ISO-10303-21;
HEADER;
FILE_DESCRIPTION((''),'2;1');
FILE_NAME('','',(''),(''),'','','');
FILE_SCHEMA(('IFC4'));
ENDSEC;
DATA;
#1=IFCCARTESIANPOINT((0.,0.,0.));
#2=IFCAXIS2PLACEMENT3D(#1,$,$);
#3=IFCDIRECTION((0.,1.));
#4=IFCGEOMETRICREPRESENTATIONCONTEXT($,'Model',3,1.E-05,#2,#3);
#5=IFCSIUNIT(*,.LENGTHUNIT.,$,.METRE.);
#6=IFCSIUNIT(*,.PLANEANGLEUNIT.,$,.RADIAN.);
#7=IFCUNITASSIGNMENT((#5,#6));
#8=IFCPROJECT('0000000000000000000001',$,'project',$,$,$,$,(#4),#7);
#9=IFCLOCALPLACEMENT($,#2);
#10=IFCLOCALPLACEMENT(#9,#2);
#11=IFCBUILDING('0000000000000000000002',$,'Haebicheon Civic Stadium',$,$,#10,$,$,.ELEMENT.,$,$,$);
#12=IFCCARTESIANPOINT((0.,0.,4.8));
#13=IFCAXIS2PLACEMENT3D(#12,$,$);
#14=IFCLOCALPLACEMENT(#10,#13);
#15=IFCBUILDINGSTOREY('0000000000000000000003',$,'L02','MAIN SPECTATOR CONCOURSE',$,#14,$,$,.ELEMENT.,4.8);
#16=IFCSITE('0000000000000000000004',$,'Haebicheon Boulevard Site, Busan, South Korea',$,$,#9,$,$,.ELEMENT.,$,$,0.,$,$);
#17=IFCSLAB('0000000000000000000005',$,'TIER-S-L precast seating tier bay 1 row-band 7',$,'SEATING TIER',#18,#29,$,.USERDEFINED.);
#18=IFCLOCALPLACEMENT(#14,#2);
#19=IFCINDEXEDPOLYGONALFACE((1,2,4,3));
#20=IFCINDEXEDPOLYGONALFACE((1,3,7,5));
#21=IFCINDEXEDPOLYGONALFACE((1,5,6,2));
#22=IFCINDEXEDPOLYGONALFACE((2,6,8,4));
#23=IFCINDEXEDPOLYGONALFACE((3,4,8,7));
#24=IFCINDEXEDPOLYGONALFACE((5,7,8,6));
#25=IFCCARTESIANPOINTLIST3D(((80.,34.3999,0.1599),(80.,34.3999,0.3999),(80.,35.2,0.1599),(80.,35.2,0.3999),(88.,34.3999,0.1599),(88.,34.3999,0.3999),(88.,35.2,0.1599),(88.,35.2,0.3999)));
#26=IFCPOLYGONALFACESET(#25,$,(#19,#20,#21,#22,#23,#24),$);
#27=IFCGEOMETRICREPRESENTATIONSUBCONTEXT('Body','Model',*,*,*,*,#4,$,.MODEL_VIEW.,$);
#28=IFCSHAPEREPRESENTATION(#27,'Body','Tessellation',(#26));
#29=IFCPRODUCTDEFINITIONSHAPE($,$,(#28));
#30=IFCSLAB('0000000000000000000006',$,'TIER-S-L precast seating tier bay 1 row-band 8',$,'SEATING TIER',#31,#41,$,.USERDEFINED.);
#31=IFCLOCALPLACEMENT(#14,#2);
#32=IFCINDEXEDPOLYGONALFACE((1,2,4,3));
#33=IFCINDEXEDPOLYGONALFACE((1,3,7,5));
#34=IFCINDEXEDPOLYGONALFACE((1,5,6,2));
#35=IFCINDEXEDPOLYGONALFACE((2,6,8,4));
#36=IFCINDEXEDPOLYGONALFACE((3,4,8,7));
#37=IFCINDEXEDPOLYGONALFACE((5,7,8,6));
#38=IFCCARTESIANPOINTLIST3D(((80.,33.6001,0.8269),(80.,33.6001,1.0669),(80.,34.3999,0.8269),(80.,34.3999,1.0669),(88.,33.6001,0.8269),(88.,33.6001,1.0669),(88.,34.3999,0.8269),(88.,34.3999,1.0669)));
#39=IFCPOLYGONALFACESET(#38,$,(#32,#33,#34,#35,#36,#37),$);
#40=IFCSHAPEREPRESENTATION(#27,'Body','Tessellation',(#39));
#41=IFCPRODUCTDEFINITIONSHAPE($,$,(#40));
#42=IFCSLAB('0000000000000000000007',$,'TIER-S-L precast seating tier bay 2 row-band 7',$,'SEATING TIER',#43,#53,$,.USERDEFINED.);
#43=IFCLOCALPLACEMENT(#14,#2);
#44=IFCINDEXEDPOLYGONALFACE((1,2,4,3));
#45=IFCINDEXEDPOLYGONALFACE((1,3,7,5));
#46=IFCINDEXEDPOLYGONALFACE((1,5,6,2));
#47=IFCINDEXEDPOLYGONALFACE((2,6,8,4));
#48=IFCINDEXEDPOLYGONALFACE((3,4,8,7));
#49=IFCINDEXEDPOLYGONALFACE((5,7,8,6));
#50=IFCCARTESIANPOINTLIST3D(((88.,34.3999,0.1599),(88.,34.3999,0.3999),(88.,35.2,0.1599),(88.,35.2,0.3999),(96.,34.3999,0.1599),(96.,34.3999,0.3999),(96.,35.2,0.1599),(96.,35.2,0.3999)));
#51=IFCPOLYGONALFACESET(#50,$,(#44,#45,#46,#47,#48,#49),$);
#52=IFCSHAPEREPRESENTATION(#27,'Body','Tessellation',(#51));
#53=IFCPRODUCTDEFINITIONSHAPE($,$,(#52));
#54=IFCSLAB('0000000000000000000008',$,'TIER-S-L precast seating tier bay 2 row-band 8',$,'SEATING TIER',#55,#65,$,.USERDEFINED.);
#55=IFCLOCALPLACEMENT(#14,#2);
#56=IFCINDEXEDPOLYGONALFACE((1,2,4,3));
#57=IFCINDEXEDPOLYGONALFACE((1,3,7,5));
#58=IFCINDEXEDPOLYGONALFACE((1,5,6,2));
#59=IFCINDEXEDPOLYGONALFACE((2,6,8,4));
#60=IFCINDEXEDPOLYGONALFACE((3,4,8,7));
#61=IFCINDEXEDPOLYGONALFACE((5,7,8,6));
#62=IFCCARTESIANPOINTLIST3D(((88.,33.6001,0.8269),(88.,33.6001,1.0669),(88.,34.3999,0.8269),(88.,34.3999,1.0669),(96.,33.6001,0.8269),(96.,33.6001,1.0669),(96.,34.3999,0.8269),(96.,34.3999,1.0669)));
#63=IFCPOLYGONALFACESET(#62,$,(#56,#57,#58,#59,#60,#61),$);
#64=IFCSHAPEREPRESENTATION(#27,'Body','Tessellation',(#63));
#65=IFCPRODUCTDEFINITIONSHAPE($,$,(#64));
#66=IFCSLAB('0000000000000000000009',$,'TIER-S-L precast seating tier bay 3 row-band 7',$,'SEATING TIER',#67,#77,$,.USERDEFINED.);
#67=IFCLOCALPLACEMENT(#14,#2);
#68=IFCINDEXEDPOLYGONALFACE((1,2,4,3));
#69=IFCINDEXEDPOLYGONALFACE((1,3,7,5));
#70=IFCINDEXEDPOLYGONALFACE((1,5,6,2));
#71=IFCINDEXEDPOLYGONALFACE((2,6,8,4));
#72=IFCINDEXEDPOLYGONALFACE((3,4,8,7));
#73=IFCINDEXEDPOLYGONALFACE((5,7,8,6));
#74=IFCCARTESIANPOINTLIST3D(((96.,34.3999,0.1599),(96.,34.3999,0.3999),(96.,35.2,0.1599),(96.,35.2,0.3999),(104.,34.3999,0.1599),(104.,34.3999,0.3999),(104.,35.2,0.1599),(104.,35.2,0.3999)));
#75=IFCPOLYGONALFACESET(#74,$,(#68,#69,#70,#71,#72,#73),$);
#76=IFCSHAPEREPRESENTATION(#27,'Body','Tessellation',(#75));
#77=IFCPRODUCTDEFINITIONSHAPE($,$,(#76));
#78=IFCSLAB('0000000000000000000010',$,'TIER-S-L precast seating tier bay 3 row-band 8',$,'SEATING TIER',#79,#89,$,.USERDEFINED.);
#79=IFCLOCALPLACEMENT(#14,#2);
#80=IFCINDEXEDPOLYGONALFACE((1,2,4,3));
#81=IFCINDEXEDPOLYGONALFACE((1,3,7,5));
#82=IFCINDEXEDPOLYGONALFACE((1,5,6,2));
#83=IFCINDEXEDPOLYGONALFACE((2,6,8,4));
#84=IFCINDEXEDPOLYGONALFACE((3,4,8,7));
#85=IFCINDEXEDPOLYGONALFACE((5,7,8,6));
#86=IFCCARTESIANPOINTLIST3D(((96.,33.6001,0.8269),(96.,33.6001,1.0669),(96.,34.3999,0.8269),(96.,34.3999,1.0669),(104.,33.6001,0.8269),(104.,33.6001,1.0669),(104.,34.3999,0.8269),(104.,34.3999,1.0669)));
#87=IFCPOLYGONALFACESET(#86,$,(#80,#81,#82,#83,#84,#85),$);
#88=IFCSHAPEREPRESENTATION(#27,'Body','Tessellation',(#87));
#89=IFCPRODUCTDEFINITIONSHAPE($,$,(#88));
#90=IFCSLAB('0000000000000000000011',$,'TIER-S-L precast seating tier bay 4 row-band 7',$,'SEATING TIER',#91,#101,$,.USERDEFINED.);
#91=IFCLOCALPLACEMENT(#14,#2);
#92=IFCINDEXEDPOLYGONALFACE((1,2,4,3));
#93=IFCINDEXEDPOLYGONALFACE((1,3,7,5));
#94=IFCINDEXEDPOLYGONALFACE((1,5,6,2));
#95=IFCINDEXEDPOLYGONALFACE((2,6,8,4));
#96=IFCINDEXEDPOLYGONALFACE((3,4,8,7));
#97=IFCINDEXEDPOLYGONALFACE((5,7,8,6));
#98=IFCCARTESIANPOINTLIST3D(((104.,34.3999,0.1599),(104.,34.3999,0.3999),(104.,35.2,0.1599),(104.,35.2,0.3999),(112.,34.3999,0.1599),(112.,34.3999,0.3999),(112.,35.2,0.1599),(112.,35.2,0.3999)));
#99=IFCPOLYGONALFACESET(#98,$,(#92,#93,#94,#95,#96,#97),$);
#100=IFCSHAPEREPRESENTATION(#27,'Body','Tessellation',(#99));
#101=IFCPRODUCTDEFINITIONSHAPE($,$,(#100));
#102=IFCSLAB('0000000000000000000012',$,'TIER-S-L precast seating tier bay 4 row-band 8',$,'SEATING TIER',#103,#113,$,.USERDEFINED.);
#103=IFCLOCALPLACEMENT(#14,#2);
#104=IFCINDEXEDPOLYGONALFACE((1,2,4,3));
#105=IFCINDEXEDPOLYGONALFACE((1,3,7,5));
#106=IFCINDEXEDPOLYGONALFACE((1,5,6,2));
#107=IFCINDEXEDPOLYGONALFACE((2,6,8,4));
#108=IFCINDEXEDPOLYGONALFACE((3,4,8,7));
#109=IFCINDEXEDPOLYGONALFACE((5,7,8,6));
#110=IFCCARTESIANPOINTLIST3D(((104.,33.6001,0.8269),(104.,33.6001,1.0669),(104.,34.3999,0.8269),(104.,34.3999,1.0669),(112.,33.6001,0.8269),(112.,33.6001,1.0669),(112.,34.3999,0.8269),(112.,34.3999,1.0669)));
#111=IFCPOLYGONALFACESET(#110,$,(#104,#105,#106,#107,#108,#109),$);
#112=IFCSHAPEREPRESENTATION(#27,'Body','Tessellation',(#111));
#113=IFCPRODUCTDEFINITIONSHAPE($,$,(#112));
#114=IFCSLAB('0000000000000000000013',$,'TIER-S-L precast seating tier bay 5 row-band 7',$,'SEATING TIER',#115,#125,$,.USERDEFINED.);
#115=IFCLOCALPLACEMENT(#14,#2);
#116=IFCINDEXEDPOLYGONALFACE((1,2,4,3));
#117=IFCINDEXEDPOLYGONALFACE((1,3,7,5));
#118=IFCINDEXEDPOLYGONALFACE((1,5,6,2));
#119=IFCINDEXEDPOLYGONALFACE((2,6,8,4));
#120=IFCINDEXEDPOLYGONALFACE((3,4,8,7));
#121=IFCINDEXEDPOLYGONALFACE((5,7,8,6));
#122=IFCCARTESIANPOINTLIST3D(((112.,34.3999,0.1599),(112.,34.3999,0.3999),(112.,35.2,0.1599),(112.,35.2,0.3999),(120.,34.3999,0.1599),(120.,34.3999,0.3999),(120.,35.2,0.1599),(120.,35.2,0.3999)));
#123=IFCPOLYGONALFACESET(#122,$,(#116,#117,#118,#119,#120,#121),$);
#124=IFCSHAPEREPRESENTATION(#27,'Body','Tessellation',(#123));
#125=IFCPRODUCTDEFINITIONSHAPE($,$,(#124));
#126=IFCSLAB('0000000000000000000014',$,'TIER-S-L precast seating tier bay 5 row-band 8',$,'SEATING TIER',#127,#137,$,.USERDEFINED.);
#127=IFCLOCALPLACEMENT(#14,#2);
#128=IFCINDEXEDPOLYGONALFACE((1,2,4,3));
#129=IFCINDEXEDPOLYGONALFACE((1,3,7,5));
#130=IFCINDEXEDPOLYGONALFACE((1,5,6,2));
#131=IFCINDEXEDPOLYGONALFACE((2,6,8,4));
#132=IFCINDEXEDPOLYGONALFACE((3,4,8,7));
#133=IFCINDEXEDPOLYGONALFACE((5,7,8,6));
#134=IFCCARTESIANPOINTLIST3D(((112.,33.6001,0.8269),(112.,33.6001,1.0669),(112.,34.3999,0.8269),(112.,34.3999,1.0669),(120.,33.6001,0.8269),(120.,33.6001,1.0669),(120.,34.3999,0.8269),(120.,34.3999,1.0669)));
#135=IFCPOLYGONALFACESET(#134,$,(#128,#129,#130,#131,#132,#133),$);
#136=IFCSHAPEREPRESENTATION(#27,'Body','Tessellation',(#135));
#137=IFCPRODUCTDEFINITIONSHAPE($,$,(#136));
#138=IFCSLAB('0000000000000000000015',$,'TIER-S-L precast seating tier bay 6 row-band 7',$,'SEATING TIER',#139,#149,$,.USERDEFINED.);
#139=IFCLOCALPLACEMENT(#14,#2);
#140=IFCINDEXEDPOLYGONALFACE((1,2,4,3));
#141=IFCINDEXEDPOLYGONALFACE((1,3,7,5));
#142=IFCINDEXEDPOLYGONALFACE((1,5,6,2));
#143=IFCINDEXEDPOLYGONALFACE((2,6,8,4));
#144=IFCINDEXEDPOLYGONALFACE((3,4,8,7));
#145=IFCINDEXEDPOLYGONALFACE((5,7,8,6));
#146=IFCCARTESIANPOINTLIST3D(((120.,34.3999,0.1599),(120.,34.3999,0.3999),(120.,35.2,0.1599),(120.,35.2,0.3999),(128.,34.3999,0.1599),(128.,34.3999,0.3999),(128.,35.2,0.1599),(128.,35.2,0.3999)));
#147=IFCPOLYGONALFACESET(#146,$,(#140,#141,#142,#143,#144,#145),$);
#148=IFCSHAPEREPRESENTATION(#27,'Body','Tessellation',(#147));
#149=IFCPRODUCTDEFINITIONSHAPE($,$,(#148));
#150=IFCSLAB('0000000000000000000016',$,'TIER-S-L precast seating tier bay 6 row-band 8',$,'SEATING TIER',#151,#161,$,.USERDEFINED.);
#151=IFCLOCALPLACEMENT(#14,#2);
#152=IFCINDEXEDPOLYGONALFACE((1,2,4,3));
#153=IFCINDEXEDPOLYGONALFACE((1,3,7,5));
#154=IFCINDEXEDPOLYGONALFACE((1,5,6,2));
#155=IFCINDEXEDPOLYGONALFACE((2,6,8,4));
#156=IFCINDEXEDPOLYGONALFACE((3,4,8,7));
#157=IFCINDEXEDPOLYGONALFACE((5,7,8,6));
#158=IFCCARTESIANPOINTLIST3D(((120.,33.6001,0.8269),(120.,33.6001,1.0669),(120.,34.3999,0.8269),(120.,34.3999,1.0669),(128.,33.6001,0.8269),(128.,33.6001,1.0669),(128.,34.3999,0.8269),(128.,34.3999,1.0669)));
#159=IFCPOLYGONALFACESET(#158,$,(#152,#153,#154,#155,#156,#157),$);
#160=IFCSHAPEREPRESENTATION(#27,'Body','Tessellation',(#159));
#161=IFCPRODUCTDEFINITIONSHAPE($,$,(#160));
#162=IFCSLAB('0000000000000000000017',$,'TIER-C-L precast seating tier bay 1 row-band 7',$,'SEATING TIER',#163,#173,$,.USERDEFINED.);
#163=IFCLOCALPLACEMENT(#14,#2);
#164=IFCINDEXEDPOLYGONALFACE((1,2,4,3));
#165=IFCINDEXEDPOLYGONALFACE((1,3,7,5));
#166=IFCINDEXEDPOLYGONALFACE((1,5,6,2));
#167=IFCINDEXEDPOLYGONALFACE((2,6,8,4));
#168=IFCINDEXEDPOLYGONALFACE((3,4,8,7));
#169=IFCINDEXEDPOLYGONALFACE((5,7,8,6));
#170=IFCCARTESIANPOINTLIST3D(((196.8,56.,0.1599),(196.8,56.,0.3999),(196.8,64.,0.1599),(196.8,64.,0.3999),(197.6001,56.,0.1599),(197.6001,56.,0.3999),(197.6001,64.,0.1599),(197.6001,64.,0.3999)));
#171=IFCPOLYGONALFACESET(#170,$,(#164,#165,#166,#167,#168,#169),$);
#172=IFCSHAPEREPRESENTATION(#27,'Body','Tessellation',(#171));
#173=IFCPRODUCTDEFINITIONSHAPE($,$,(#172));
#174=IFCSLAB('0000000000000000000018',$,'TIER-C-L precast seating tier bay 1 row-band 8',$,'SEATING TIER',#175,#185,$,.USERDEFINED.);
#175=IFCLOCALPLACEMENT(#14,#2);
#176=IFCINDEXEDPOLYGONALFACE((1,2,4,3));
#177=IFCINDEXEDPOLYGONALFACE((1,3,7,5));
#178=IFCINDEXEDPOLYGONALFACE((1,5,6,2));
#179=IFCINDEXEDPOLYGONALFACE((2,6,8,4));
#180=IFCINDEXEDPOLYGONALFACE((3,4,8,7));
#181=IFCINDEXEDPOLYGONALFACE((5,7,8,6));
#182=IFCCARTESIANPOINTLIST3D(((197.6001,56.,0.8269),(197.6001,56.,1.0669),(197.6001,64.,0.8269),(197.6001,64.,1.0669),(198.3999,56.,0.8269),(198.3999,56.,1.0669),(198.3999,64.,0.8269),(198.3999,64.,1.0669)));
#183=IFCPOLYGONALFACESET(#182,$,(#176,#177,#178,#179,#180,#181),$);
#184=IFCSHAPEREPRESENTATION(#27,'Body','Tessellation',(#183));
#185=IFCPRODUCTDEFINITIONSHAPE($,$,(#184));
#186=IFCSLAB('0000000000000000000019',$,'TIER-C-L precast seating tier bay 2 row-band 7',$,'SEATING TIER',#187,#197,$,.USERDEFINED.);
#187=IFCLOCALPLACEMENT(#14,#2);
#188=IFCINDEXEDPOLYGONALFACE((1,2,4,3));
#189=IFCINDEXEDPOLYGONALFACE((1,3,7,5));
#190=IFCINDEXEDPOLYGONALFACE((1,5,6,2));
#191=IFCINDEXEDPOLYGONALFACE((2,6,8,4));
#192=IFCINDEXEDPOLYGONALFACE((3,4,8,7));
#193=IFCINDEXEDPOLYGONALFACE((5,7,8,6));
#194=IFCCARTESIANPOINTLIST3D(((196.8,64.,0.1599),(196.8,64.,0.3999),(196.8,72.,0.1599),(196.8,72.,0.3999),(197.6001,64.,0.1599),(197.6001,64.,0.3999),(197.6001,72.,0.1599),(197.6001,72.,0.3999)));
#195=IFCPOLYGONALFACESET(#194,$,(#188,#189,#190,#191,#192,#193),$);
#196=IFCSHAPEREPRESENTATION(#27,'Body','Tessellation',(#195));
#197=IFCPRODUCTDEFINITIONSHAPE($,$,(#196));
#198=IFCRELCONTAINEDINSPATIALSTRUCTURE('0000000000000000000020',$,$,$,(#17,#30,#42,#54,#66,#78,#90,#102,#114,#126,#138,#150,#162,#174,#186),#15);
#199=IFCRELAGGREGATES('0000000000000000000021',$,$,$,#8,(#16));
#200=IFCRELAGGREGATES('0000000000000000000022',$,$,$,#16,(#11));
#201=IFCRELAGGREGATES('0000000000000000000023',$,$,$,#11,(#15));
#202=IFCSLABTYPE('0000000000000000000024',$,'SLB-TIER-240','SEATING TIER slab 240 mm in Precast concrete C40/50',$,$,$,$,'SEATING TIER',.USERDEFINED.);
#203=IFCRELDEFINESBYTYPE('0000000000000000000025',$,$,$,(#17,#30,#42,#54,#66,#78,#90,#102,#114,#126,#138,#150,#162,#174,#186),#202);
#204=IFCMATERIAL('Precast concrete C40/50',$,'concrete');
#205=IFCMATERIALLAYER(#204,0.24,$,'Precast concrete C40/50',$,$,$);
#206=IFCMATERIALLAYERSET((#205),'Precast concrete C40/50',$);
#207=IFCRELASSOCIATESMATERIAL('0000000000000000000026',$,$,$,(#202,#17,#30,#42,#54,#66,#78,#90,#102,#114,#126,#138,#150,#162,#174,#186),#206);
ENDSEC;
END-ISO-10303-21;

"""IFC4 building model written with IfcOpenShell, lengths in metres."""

from ifc_helpers import new_model, si_unit, direction, frame, origin, place, context, subcontext, project, spatial, polyline, outline, extrude, material, layer, layer_set, type_object, element, save


model = new_model("IFC4")

# Units and contexts
model_context = context("Model", 3, precision=1e-05, world=origin(), true_north=direction((0.0, 1.0)))
body_context = subcontext(model_context, "Body", "Model", "MODEL_VIEW")
ifc_project = project(units=[si_unit("LENGTHUNIT", "METRE"), si_unit("PLANEANGLEUNIT", "RADIAN")], contexts=[model_context])

# Site, building, storey
site_placement = place(None, origin())
site = spatial("IfcSite", under=ifc_project, at=site_placement, Name="Haebicheon Boulevard Site, Busan, South Korea", CompositionType="ELEMENT", RefElevation=0.0)
building_placement = place(site_placement, origin())
building = spatial("IfcBuilding", under=site, at=building_placement, Name="Haebicheon Civic Stadium", CompositionType="ELEMENT")
storey_placement = place(building_placement, frame((0.0, 0.0, 4.8)))
storey = spatial("IfcBuildingStorey", under=building, at=storey_placement, Name="L02", Description="MAIN SPECTATOR CONCOURSE", CompositionType="ELEMENT", Elevation=4.8)

# Slabs
ifc_material = material(Name="Precast concrete C40/50", Category="concrete")
ifc_layer = layer(ifc_material, 0.24, Name="Precast concrete C40/50")
ifc_layer_set = layer_set([ifc_layer], Name="Precast concrete C40/50")
slab_type = type_object("IfcSlabType", Name="SLB-TIER-240", Description="SEATING TIER slab 240 mm in Precast concrete C40/50", ElementType="SEATING TIER", PredefinedType="USERDEFINED", material=ifc_layer_set)
slab_1_placement = place(storey_placement, frame((0.0, 0.0, 0.1599)))
element("IfcSlab", 1, at=slab_1_placement, inside=storey, type_object=slab_type, material=ifc_layer_set, Name="TIER-S-L precast seating tier bay 1 row-band 7", ObjectType="SEATING TIER", PredefinedType="USERDEFINED", context=body_context, shape_type="SweptSolid", body=[
    extrude(outline(polyline([(80.0, 34.3999), (88.0, 34.3999), (88.0, 35.2), (80.0, 35.2), (80.0, 34.3999)])), origin(), (0.0, 0.0, 1.0), 0.24),
])
slab_2_placement = place(storey_placement, frame((0.0, 0.0, 0.8269)))
element("IfcSlab", 2, at=slab_2_placement, inside=storey, type_object=slab_type, material=ifc_layer_set, Name="TIER-S-L precast seating tier bay 1 row-band 8", ObjectType="SEATING TIER", PredefinedType="USERDEFINED", context=body_context, shape_type="SweptSolid", body=[
    extrude(outline(polyline([(80.0, 33.6001), (88.0, 33.6001), (88.0, 34.3999), (80.0, 34.3999), (80.0, 33.6001)])), origin(), (0.0, 0.0, 1.0), 0.24),
])
slab_3_placement = place(storey_placement, frame((0.0, 0.0, 0.1599)))
element("IfcSlab", 3, at=slab_3_placement, inside=storey, type_object=slab_type, material=ifc_layer_set, Name="TIER-S-L precast seating tier bay 2 row-band 7", ObjectType="SEATING TIER", PredefinedType="USERDEFINED", context=body_context, shape_type="SweptSolid", body=[
    extrude(outline(polyline([(88.0, 34.3999), (96.0, 34.3999), (96.0, 35.2), (88.0, 35.2), (88.0, 34.3999)])), origin(), (0.0, 0.0, 1.0), 0.24),
])
slab_4_placement = place(storey_placement, frame((0.0, 0.0, 0.8269)))
element("IfcSlab", 4, at=slab_4_placement, inside=storey, type_object=slab_type, material=ifc_layer_set, Name="TIER-S-L precast seating tier bay 2 row-band 8", ObjectType="SEATING TIER", PredefinedType="USERDEFINED", context=body_context, shape_type="SweptSolid", body=[
    extrude(outline(polyline([(88.0, 33.6001), (96.0, 33.6001), (96.0, 34.3999), (88.0, 34.3999), (88.0, 33.6001)])), origin(), (0.0, 0.0, 1.0), 0.24),
])
slab_5_placement = place(storey_placement, frame((0.0, 0.0, 0.1599)))
element("IfcSlab", 5, at=slab_5_placement, inside=storey, type_object=slab_type, material=ifc_layer_set, Name="TIER-S-L precast seating tier bay 3 row-band 7", ObjectType="SEATING TIER", PredefinedType="USERDEFINED", context=body_context, shape_type="SweptSolid", body=[
    extrude(outline(polyline([(96.0, 34.3999), (104.0, 34.3999), (104.0, 35.2), (96.0, 35.2), (96.0, 34.3999)])), origin(), (0.0, 0.0, 1.0), 0.24),
])
slab_6_placement = place(storey_placement, frame((0.0, 0.0, 0.8269)))
element("IfcSlab", 6, at=slab_6_placement, inside=storey, type_object=slab_type, material=ifc_layer_set, Name="TIER-S-L precast seating tier bay 3 row-band 8", ObjectType="SEATING TIER", PredefinedType="USERDEFINED", context=body_context, shape_type="SweptSolid", body=[
    extrude(outline(polyline([(96.0, 33.6001), (104.0, 33.6001), (104.0, 34.3999), (96.0, 34.3999), (96.0, 33.6001)])), origin(), (0.0, 0.0, 1.0), 0.24),
])
slab_7_placement = place(storey_placement, frame((0.0, 0.0, 0.1599)))
element("IfcSlab", 7, at=slab_7_placement, inside=storey, type_object=slab_type, material=ifc_layer_set, Name="TIER-S-L precast seating tier bay 4 row-band 7", ObjectType="SEATING TIER", PredefinedType="USERDEFINED", context=body_context, shape_type="SweptSolid", body=[
    extrude(outline(polyline([(104.0, 34.3999), (112.0, 34.3999), (112.0, 35.2), (104.0, 35.2), (104.0, 34.3999)])), origin(), (0.0, 0.0, 1.0), 0.24),
])
slab_8_placement = place(storey_placement, frame((0.0, 0.0, 0.8269)))
element("IfcSlab", 8, at=slab_8_placement, inside=storey, type_object=slab_type, material=ifc_layer_set, Name="TIER-S-L precast seating tier bay 4 row-band 8", ObjectType="SEATING TIER", PredefinedType="USERDEFINED", context=body_context, shape_type="SweptSolid", body=[
    extrude(outline(polyline([(104.0, 33.6001), (112.0, 33.6001), (112.0, 34.3999), (104.0, 34.3999), (104.0, 33.6001)])), origin(), (0.0, 0.0, 1.0), 0.24),
])
slab_9_placement = place(storey_placement, frame((0.0, 0.0, 0.1599)))
element("IfcSlab", 9, at=slab_9_placement, inside=storey, type_object=slab_type, material=ifc_layer_set, Name="TIER-S-L precast seating tier bay 5 row-band 7", ObjectType="SEATING TIER", PredefinedType="USERDEFINED", context=body_context, shape_type="SweptSolid", body=[
    extrude(outline(polyline([(112.0, 34.3999), (120.0, 34.3999), (120.0, 35.2), (112.0, 35.2), (112.0, 34.3999)])), origin(), (0.0, 0.0, 1.0), 0.24),
])
slab_10_placement = place(storey_placement, frame((0.0, 0.0, 0.8269)))
element("IfcSlab", 10, at=slab_10_placement, inside=storey, type_object=slab_type, material=ifc_layer_set, Name="TIER-S-L precast seating tier bay 5 row-band 8", ObjectType="SEATING TIER", PredefinedType="USERDEFINED", context=body_context, shape_type="SweptSolid", body=[
    extrude(outline(polyline([(112.0, 33.6001), (120.0, 33.6001), (120.0, 34.3999), (112.0, 34.3999), (112.0, 33.6001)])), origin(), (0.0, 0.0, 1.0), 0.24),
])
slab_11_placement = place(storey_placement, frame((0.0, 0.0, 0.1599)))
element("IfcSlab", 11, at=slab_11_placement, inside=storey, type_object=slab_type, material=ifc_layer_set, Name="TIER-S-L precast seating tier bay 6 row-band 7", ObjectType="SEATING TIER", PredefinedType="USERDEFINED", context=body_context, shape_type="SweptSolid", body=[
    extrude(outline(polyline([(120.0, 34.3999), (128.0, 34.3999), (128.0, 35.2), (120.0, 35.2), (120.0, 34.3999)])), origin(), (0.0, 0.0, 1.0), 0.24),
])
slab_12_placement = place(storey_placement, frame((0.0, 0.0, 0.8269)))
element("IfcSlab", 12, at=slab_12_placement, inside=storey, type_object=slab_type, material=ifc_layer_set, Name="TIER-S-L precast seating tier bay 6 row-band 8", ObjectType="SEATING TIER", PredefinedType="USERDEFINED", context=body_context, shape_type="SweptSolid", body=[
    extrude(outline(polyline([(120.0, 33.6001), (128.0, 33.6001), (128.0, 34.3999), (120.0, 34.3999), (120.0, 33.6001)])), origin(), (0.0, 0.0, 1.0), 0.24),
])
slab_13_placement = place(storey_placement, frame((0.0, 0.0, 0.1599)))
element("IfcSlab", 13, at=slab_13_placement, inside=storey, type_object=slab_type, material=ifc_layer_set, Name="TIER-C-L precast seating tier bay 1 row-band 7", ObjectType="SEATING TIER", PredefinedType="USERDEFINED", context=body_context, shape_type="SweptSolid", body=[
    extrude(outline(polyline([(196.8, 56.0), (197.6001, 56.0), (197.6001, 64.0), (196.8, 64.0), (196.8, 56.0)])), origin(), (0.0, 0.0, 1.0), 0.24),
])
slab_14_placement = place(storey_placement, frame((0.0, 0.0, 0.8269)))
element("IfcSlab", 14, at=slab_14_placement, inside=storey, type_object=slab_type, material=ifc_layer_set, Name="TIER-C-L precast seating tier bay 1 row-band 8", ObjectType="SEATING TIER", PredefinedType="USERDEFINED", context=body_context, shape_type="SweptSolid", body=[
    extrude(outline(polyline([(197.6001, 56.0), (198.3999, 56.0), (198.3999, 64.0), (197.6001, 64.0), (197.6001, 56.0)])), origin(), (0.0, 0.0, 1.0), 0.24),
])
slab_15_placement = place(storey_placement, frame((0.0, 0.0, 0.1599)))
element("IfcSlab", 15, at=slab_15_placement, inside=storey, type_object=slab_type, material=ifc_layer_set, Name="TIER-C-L precast seating tier bay 2 row-band 7", ObjectType="SEATING TIER", PredefinedType="USERDEFINED", context=body_context, shape_type="SweptSolid", body=[
    extrude(outline(polyline([(196.8, 64.0), (197.6001, 64.0), (197.6001, 72.0), (196.8, 72.0), (196.8, 64.0)])), origin(), (0.0, 0.0, 1.0), 0.24),
])

save(model, "model.ifc")
